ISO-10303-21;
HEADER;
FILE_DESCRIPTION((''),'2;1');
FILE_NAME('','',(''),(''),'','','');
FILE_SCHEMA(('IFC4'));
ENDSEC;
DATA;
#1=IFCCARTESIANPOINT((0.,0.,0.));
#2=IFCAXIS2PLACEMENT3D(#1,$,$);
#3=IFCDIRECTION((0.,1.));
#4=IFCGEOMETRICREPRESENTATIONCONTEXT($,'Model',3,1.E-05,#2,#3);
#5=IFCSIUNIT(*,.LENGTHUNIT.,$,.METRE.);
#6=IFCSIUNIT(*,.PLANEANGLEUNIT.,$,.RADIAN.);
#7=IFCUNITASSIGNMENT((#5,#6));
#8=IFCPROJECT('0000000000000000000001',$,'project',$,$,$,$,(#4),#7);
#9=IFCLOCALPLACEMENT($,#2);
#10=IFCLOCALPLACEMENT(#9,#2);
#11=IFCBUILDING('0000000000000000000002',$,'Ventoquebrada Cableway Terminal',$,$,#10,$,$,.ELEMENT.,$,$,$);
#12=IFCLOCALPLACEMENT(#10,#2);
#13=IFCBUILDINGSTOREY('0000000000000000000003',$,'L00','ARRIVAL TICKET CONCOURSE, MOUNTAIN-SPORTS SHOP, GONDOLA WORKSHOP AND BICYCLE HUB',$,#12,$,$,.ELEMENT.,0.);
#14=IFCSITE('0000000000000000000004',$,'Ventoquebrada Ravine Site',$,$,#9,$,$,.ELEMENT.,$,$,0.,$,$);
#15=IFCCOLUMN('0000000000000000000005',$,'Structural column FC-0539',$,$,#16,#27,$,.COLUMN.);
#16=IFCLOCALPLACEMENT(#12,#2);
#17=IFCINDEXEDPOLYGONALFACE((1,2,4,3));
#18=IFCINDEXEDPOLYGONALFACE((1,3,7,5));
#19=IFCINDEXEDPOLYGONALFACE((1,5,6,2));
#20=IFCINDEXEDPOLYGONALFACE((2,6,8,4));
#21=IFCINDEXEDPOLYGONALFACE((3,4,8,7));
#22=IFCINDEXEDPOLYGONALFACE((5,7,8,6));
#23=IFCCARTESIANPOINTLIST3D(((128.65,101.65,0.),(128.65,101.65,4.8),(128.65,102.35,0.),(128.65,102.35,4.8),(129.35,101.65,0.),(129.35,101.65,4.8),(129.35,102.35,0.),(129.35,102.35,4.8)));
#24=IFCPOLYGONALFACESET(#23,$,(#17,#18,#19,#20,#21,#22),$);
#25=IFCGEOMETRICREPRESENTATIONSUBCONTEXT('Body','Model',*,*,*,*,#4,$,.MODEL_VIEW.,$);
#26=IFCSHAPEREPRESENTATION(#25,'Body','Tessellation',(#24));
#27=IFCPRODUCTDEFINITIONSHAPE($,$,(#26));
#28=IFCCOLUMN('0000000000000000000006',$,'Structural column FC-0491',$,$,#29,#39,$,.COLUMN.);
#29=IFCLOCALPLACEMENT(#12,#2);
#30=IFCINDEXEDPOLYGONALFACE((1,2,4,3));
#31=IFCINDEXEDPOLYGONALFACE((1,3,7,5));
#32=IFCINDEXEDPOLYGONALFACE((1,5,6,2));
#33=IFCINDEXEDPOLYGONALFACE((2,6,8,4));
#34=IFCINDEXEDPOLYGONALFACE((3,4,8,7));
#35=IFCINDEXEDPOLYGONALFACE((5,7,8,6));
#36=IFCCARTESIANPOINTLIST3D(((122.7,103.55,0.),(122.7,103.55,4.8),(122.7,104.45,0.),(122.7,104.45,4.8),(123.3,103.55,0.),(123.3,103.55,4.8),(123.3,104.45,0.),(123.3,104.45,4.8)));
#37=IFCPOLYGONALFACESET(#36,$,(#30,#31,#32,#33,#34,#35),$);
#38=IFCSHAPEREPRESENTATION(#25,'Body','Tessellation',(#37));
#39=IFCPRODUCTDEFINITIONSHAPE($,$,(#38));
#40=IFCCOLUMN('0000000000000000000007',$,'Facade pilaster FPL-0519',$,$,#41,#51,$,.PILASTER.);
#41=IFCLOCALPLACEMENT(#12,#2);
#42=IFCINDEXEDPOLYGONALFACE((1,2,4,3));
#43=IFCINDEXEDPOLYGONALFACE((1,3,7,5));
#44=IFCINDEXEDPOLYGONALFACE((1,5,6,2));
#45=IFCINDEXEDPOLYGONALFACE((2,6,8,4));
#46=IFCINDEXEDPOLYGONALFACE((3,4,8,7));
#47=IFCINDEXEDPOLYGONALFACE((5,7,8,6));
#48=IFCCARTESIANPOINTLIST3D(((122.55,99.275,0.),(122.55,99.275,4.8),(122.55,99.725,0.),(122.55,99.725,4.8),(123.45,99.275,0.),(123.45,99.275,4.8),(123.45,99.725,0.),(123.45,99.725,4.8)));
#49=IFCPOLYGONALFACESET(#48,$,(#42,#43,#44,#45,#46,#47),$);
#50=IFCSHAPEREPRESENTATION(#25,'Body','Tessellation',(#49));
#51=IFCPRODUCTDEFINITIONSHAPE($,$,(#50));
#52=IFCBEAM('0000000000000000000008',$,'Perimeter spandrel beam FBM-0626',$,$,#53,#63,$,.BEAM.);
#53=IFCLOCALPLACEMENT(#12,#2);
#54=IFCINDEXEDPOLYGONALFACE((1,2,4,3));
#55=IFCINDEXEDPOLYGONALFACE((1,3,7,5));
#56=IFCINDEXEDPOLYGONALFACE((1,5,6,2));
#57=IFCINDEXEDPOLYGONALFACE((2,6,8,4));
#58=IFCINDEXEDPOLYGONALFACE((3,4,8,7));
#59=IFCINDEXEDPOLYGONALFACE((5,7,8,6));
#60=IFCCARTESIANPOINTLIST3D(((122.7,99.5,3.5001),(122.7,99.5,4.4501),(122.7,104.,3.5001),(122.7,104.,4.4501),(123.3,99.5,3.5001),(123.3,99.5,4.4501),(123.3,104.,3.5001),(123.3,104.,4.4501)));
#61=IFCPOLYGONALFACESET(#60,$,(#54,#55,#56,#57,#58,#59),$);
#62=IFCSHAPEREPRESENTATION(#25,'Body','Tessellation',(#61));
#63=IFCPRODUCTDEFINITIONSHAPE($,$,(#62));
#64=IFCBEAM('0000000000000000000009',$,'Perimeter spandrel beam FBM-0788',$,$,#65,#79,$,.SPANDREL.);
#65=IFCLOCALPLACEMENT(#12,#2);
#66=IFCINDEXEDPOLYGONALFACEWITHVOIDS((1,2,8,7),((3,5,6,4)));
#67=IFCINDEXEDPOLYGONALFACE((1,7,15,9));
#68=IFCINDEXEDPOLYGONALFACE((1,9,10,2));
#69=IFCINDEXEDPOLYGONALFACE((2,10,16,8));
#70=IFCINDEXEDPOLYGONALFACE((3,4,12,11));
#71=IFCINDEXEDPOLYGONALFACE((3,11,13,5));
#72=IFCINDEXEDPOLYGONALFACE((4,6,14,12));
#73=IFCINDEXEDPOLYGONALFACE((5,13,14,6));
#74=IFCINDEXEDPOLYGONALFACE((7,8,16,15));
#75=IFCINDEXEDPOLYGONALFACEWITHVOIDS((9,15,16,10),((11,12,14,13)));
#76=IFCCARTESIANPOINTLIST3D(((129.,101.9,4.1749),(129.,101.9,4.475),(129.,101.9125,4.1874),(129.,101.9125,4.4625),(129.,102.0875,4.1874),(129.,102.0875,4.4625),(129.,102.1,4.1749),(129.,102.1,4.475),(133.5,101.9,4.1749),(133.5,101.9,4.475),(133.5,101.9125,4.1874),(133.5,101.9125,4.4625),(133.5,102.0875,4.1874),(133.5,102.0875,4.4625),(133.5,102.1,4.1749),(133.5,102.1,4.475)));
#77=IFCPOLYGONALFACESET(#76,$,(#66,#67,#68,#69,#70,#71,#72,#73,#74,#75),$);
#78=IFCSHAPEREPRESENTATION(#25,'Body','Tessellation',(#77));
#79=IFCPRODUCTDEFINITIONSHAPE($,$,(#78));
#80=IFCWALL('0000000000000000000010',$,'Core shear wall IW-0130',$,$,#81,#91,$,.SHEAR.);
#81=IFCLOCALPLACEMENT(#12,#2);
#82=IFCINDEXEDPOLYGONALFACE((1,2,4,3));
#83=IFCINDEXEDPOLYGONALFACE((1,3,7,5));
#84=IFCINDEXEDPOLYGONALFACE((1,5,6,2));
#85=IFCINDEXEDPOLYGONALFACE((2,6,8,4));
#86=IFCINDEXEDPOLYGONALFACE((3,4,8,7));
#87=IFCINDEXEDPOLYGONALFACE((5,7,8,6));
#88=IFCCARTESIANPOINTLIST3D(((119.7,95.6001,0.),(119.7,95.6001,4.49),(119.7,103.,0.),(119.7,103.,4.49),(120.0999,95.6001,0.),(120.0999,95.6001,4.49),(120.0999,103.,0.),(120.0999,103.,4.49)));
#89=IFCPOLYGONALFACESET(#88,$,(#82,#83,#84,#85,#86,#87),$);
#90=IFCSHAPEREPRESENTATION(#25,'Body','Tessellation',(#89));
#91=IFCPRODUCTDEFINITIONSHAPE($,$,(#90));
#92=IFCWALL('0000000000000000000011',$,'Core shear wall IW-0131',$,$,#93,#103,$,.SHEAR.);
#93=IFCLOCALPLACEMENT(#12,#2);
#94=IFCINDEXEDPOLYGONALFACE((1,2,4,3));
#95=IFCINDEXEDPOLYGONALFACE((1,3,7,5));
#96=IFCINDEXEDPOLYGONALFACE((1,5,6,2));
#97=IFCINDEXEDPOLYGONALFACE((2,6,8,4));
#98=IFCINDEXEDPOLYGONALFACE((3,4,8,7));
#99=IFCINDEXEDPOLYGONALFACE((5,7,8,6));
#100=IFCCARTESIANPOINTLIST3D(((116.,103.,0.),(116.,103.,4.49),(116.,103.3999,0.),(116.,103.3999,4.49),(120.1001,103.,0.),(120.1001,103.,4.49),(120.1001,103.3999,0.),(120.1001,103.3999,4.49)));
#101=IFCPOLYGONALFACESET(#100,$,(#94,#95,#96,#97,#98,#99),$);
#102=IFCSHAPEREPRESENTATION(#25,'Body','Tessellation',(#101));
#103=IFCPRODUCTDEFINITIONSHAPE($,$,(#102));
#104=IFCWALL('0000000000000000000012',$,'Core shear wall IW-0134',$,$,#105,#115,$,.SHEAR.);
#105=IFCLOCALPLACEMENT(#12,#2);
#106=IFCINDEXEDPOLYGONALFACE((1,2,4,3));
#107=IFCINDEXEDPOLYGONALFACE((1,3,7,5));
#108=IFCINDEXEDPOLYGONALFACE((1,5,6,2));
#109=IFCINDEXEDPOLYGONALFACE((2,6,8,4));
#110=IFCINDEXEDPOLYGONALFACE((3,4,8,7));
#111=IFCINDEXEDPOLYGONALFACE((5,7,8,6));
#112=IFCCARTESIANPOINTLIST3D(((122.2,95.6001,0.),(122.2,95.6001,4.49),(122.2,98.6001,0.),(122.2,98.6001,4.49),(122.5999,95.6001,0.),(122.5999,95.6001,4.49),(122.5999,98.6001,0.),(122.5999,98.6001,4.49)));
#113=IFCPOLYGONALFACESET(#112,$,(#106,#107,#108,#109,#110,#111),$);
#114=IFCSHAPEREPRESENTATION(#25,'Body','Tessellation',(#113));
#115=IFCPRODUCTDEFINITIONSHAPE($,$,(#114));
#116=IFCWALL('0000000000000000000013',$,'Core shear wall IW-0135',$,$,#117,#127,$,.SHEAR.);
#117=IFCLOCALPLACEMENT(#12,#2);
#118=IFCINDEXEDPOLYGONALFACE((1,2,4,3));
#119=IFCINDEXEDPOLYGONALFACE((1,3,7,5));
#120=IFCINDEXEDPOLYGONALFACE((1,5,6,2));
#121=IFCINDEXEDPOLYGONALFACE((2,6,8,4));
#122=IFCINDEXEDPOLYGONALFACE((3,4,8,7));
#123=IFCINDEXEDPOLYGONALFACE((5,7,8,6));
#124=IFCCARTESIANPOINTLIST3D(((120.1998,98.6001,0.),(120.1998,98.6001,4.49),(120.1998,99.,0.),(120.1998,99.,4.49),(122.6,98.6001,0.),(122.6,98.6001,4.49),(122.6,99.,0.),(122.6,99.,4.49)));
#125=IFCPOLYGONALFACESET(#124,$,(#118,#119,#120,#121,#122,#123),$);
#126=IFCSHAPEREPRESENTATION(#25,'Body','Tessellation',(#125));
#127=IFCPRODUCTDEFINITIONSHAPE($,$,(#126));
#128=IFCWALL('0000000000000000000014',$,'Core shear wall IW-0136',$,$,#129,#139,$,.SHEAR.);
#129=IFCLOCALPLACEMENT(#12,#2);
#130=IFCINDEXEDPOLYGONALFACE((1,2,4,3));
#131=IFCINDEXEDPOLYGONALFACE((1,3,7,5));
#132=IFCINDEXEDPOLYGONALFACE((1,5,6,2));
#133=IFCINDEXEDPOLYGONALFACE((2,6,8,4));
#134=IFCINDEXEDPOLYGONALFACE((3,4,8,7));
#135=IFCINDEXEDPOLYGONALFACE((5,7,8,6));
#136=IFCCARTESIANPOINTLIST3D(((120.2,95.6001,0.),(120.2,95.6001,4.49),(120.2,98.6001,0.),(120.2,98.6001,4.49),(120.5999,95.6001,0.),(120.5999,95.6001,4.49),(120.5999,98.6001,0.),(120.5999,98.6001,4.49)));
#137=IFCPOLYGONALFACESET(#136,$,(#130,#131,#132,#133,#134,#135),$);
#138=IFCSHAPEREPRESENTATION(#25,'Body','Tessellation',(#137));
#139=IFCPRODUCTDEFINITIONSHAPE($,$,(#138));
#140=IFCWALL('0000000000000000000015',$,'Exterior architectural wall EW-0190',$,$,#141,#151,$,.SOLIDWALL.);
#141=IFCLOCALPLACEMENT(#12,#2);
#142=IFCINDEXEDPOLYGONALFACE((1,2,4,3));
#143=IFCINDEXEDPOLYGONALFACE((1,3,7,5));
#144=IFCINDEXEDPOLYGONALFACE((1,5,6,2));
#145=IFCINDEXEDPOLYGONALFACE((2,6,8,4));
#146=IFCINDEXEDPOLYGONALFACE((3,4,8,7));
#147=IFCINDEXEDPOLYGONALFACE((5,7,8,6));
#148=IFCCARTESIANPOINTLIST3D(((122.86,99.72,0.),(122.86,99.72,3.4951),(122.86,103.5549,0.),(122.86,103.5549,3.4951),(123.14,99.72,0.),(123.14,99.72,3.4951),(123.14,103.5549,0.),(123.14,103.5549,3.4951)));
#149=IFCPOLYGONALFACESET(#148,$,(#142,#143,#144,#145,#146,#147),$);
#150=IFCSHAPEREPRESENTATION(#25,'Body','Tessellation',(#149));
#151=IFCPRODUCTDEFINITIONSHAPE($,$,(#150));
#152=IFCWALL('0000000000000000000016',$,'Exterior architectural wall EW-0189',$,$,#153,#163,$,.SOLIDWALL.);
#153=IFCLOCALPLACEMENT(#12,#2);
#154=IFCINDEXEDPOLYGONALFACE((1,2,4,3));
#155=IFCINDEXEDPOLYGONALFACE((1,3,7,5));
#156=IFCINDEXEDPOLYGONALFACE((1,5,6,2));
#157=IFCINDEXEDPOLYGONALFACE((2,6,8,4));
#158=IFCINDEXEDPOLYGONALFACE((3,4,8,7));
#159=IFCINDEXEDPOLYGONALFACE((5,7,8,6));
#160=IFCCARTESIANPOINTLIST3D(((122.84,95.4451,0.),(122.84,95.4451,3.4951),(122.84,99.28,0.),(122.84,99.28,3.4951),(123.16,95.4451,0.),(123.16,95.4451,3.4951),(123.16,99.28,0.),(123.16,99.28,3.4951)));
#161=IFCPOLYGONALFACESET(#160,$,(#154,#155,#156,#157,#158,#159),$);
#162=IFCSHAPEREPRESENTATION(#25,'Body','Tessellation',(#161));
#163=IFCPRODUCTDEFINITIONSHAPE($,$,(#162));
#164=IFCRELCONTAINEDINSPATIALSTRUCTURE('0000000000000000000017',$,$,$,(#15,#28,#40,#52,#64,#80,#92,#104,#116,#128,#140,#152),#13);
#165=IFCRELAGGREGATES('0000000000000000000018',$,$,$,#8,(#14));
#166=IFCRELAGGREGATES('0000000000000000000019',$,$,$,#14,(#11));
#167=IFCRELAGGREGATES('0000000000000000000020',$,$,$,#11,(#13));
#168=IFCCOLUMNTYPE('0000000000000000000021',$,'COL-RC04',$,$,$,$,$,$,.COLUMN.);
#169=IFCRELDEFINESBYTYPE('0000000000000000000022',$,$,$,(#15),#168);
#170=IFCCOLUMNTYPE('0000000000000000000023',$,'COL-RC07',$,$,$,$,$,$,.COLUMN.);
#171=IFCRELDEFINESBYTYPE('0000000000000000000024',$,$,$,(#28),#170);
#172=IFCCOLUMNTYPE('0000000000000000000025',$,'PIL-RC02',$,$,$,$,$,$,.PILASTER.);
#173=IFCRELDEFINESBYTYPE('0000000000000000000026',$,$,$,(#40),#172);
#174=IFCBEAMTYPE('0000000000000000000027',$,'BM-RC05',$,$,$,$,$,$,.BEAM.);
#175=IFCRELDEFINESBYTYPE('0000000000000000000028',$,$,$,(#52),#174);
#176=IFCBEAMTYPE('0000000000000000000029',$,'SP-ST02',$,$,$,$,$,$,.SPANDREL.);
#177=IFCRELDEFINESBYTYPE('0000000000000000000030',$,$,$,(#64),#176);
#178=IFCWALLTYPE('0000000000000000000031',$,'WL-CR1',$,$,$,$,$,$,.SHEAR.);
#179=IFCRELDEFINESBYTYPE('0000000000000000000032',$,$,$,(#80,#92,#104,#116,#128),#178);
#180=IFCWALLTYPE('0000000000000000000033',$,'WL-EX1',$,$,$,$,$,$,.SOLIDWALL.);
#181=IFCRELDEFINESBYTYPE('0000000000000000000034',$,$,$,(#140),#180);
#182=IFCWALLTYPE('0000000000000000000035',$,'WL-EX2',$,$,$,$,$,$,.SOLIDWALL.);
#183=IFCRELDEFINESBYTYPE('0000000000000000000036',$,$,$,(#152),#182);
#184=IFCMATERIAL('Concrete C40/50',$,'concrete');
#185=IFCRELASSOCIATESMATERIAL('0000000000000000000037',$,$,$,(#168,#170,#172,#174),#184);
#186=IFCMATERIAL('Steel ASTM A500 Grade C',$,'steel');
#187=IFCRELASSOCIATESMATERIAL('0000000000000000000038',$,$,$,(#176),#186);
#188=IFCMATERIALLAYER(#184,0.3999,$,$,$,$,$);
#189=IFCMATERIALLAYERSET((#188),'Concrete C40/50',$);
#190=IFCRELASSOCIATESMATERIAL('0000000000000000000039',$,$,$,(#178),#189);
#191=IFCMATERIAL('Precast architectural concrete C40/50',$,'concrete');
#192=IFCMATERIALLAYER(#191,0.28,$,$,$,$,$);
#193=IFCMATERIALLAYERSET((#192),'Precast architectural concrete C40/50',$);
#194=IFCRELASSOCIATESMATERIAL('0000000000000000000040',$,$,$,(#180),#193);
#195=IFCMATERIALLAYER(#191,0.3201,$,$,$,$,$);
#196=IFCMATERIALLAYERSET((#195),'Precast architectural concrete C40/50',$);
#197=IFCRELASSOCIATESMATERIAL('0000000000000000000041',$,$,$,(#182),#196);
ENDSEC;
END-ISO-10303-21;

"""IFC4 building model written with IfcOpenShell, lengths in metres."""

from ifc_helpers import new_model, si_unit, direction, frame, frame_2d, origin, origin_2d, place, context, subcontext, project, spatial, rectangle, hollow_rectangle, extrude, material, layer, layer_set, material_profile, profile_set, type_object, element, save


model = new_model("IFC4")

# Units and contexts
model_context = context("Model", 3, precision=1e-05, world=origin(), true_north=direction((0.0, 1.0)))
body_context = subcontext(model_context, "Body", "Model", "MODEL_VIEW")
ifc_project = project(units=[si_unit("LENGTHUNIT", "METRE"), si_unit("PLANEANGLEUNIT", "RADIAN")], contexts=[model_context])

# Site, building, storey
site_placement = place(None, origin())
site = spatial("IfcSite", under=ifc_project, at=site_placement, Name="Ventoquebrada Ravine Site", CompositionType="ELEMENT", RefElevation=0.0)
building_placement = place(site_placement, origin())
building = spatial("IfcBuilding", under=site, at=building_placement, Name="Ventoquebrada Cableway Terminal", CompositionType="ELEMENT")
storey_placement = place(building_placement, origin())
storey = spatial("IfcBuildingStorey", under=building, at=storey_placement, Name="L00", Description="ARRIVAL TICKET CONCOURSE, MOUNTAIN-SPORTS SHOP, GONDOLA WORKSHOP AND BICYCLE HUB", CompositionType="ELEMENT", Elevation=0.0)

# Columns
ifc_material_1 = material(Name="Concrete C40/50", Category="concrete")
ifc_material_profile_1 = material_profile(ifc_material_1, rectangle(XDim=0.7, YDim=0.7, at=origin_2d()), Name="RC-COL-700X700")
ifc_profile_set_1 = profile_set([ifc_material_profile_1], Name="Concrete C40/50")
column_type_1 = type_object("IfcColumnType", Name="COL-RC04", PredefinedType="COLUMN", material=ifc_profile_set_1)
column_1_placement = place(storey_placement, frame((129.0, 102.0, 0.0), z_axis=(0.0, 0.0, 1.0), x_axis=(1.0, 0.0, 0.0)))
element("IfcColumn", 1, at=column_1_placement, inside=storey, type_object=column_type_1, Name="Structural column FC-0539", PredefinedType="COLUMN", context=body_context, shape_type="SweptSolid", body=[
    extrude(rectangle(XDim=0.7, YDim=0.7, at=origin_2d()), origin(), (0.0, 0.0, 1.0), 4.8),
])
ifc_material_profile_2 = material_profile(ifc_material_1, rectangle(XDim=0.6001, YDim=0.8999, at=origin_2d()), Name="RC-COL-900X600")
ifc_profile_set_2 = profile_set([ifc_material_profile_2], Name="Concrete C40/50")
column_type_2 = type_object("IfcColumnType", Name="COL-RC07", PredefinedType="COLUMN", material=ifc_profile_set_2)
column_2_placement = place(storey_placement, frame((123.0, 104.0, 0.0), z_axis=(0.0, 0.0, 1.0), x_axis=(1.0, 0.0, 0.0)))
element("IfcColumn", 2, at=column_2_placement, inside=storey, type_object=column_type_2, Name="Structural column FC-0491", PredefinedType="COLUMN", context=body_context, shape_type="SweptSolid", body=[
    extrude(rectangle(XDim=0.6001, YDim=0.8999, at=origin_2d()), origin(), (0.0, 0.0, 1.0), 4.8),
])
ifc_material_profile_3 = material_profile(ifc_material_1, rectangle(XDim=0.45, YDim=0.8999, at=origin_2d()), Name="RC-PIL-450X900")
ifc_profile_set_3 = profile_set([ifc_material_profile_3], Name="Concrete C40/50")
column_type_3 = type_object("IfcColumnType", Name="PIL-RC02", PredefinedType="PILASTER", material=ifc_profile_set_3)
column_3_placement = place(storey_placement, frame((123.0, 99.5, 0.0), z_axis=(0.0, 0.0, 1.0), x_axis=(0.0, 1.0, 0.0)))
element("IfcColumn", 3, at=column_3_placement, inside=storey, type_object=column_type_3, Name="Facade pilaster FPL-0519", PredefinedType="PILASTER", context=body_context, shape_type="SweptSolid", body=[
    extrude(rectangle(XDim=0.45, YDim=0.8999, at=origin_2d()), origin(), (0.0, 0.0, 1.0), 4.8),
])

# Beams
ifc_material_profile_4 = material_profile(ifc_material_1, rectangle(XDim=0.6001, YDim=0.95, at=origin_2d()), Name="RC-BM-600X950")
ifc_profile_set_4 = profile_set([ifc_material_profile_4], Name="Concrete C40/50")
beam_type_1 = type_object("IfcBeamType", Name="BM-RC05", PredefinedType="BEAM", material=ifc_profile_set_4)
beam_1_placement = place(storey_placement, frame((123.0, 99.5, 3.9751), z_axis=(0.0, 1.0, 0.0), x_axis=(-1.0, 0.0, 0.0)))
element("IfcBeam", 4, at=beam_1_placement, inside=storey, type_object=beam_type_1, Name="Perimeter spandrel beam FBM-0626", PredefinedType="BEAM", context=body_context, shape_type="SweptSolid", body=[
    extrude(rectangle(XDim=0.6001, YDim=0.95, at=origin_2d()), origin(), (0.0, 0.0, 1.0), 4.5),
])
ifc_material_2 = material(Name="Steel ASTM A500 Grade C", Category="steel")
ifc_material_profile_5 = material_profile(ifc_material_2, hollow_rectangle(XDim=0.2, YDim=0.3, WallThickness=0.0125, at=origin_2d()), Name="RHS300X200X12.5")
ifc_profile_set_5 = profile_set([ifc_material_profile_5], Name="Steel ASTM A500 Grade C")
beam_type_2 = type_object("IfcBeamType", Name="SP-ST02", PredefinedType="SPANDREL", material=ifc_profile_set_5)
beam_2_placement = place(storey_placement, frame((129.0, 102.0, 4.325), z_axis=(1.0, 0.0, 0.0), x_axis=(0.0, 1.0, 0.0)))
element("IfcBeam", 5, at=beam_2_placement, inside=storey, type_object=beam_type_2, Name="Perimeter spandrel beam FBM-0788", PredefinedType="SPANDREL", context=body_context, shape_type="SweptSolid", body=[
    extrude(hollow_rectangle(XDim=0.2, YDim=0.3, WallThickness=0.0125, at=origin_2d()), origin(), (0.0, 0.0, 1.0), 4.5),
])

# Walls
ifc_layer_1 = layer(ifc_material_1, 0.3999)
ifc_layer_set_1 = layer_set([ifc_layer_1], Name="Concrete C40/50")
wall_type_1 = type_object("IfcWallType", Name="WL-CR1", PredefinedType="SHEAR", material=ifc_layer_set_1)
wall_1_placement = place(storey_placement, frame((119.8999, 95.6001, 0.0), z_axis=(0.0, 0.0, 1.0), x_axis=(0.0, 1.0, 0.0)))
element("IfcWall", 6, at=wall_1_placement, inside=storey, type_object=wall_type_1, Name="Core shear wall IW-0130", PredefinedType="SHEAR", context=body_context, shape_type="SweptSolid", body=[
    extrude(rectangle(XDim=7.3999, YDim=0.3999, at=frame_2d((3.7, 0.0))), origin(), (0.0, 0.0, 1.0), 4.49),
])
wall_2_placement = place(storey_placement, frame((120.1001, 103.2, 0.0), z_axis=(0.0, 0.0, 1.0), x_axis=(-1.0, 0.0, 0.0)))
element("IfcWall", 7, at=wall_2_placement, inside=storey, type_object=wall_type_1, Name="Core shear wall IW-0131", PredefinedType="SHEAR", context=body_context, shape_type="SweptSolid", body=[
    extrude(rectangle(XDim=4.1001, YDim=0.3999, at=frame_2d((2.05, 0.0))), origin(), (0.0, 0.0, 1.0), 4.49),
])
wall_3_placement = place(storey_placement, frame((122.3999, 95.6001, 0.0), z_axis=(0.0, 0.0, 1.0), x_axis=(0.0, 1.0, 0.0)))
element("IfcWall", 8, at=wall_3_placement, inside=storey, type_object=wall_type_1, Name="Core shear wall IW-0134", PredefinedType="SHEAR", context=body_context, shape_type="SweptSolid", body=[
    extrude(rectangle(XDim=3.0, YDim=0.3999, at=frame_2d((1.5, 0.0))), origin(), (0.0, 0.0, 1.0), 4.49),
])
wall_4_placement = place(storey_placement, frame((122.6001, 98.8, 0.0), z_axis=(0.0, 0.0, 1.0), x_axis=(-1.0, 0.0, 0.0)))
element("IfcWall", 9, at=wall_4_placement, inside=storey, type_object=wall_type_1, Name="Core shear wall IW-0135", PredefinedType="SHEAR", context=body_context, shape_type="SweptSolid", body=[
    extrude(rectangle(XDim=2.4001, YDim=0.3999, at=frame_2d((1.2002, 0.0))), origin(), (0.0, 0.0, 1.0), 4.49),
])
wall_5_placement = place(storey_placement, frame((120.3999, 98.6001, 0.0), z_axis=(0.0, 0.0, 1.0), x_axis=(0.0, -1.0, 0.0)))
element("IfcWall", 10, at=wall_5_placement, inside=storey, type_object=wall_type_1, Name="Core shear wall IW-0136", PredefinedType="SHEAR", context=body_context, shape_type="SweptSolid", body=[
    extrude(rectangle(XDim=3.0, YDim=0.3999, at=frame_2d((1.5, 0.0))), origin(), (0.0, 0.0, 1.0), 4.49),
])
ifc_material_3 = material(Name="Precast architectural concrete C40/50", Category="concrete")
ifc_layer_2 = layer(ifc_material_3, 0.28)
ifc_layer_set_2 = layer_set([ifc_layer_2], Name="Precast architectural concrete C40/50")
wall_type_2 = type_object("IfcWallType", Name="WL-EX1", PredefinedType="SOLIDWALL", material=ifc_layer_set_2)
wall_6_placement = place(storey_placement, frame((123.0, 99.72, 0.0), z_axis=(0.0, 0.0, 1.0), x_axis=(0.0, 1.0, 0.0)))
element("IfcWall", 11, at=wall_6_placement, inside=storey, type_object=wall_type_2, Name="Exterior architectural wall EW-0190", PredefinedType="SOLIDWALL", context=body_context, shape_type="SweptSolid", body=[
    extrude(rectangle(XDim=3.835, YDim=0.28, at=frame_2d((1.9175, 0.0))), origin(), (0.0, 0.0, 1.0), 3.4951),
])
ifc_layer_3 = layer(ifc_material_3, 0.3201)
ifc_layer_set_3 = layer_set([ifc_layer_3], Name="Precast architectural concrete C40/50")
wall_type_3 = type_object("IfcWallType", Name="WL-EX2", PredefinedType="SOLIDWALL", material=ifc_layer_set_3)
wall_7_placement = place(storey_placement, frame((123.0, 95.4451, 0.0), z_axis=(0.0, 0.0, 1.0), x_axis=(0.0, 1.0, 0.0)))
element("IfcWall", 12, at=wall_7_placement, inside=storey, type_object=wall_type_3, Name="Exterior architectural wall EW-0189", PredefinedType="SOLIDWALL", context=body_context, shape_type="SweptSolid", body=[
    extrude(rectangle(XDim=3.835, YDim=0.3201, at=frame_2d((1.9175, 0.0))), origin(), (0.0, 0.0, 1.0), 3.4951),
])

save(model, "model.ifc")
